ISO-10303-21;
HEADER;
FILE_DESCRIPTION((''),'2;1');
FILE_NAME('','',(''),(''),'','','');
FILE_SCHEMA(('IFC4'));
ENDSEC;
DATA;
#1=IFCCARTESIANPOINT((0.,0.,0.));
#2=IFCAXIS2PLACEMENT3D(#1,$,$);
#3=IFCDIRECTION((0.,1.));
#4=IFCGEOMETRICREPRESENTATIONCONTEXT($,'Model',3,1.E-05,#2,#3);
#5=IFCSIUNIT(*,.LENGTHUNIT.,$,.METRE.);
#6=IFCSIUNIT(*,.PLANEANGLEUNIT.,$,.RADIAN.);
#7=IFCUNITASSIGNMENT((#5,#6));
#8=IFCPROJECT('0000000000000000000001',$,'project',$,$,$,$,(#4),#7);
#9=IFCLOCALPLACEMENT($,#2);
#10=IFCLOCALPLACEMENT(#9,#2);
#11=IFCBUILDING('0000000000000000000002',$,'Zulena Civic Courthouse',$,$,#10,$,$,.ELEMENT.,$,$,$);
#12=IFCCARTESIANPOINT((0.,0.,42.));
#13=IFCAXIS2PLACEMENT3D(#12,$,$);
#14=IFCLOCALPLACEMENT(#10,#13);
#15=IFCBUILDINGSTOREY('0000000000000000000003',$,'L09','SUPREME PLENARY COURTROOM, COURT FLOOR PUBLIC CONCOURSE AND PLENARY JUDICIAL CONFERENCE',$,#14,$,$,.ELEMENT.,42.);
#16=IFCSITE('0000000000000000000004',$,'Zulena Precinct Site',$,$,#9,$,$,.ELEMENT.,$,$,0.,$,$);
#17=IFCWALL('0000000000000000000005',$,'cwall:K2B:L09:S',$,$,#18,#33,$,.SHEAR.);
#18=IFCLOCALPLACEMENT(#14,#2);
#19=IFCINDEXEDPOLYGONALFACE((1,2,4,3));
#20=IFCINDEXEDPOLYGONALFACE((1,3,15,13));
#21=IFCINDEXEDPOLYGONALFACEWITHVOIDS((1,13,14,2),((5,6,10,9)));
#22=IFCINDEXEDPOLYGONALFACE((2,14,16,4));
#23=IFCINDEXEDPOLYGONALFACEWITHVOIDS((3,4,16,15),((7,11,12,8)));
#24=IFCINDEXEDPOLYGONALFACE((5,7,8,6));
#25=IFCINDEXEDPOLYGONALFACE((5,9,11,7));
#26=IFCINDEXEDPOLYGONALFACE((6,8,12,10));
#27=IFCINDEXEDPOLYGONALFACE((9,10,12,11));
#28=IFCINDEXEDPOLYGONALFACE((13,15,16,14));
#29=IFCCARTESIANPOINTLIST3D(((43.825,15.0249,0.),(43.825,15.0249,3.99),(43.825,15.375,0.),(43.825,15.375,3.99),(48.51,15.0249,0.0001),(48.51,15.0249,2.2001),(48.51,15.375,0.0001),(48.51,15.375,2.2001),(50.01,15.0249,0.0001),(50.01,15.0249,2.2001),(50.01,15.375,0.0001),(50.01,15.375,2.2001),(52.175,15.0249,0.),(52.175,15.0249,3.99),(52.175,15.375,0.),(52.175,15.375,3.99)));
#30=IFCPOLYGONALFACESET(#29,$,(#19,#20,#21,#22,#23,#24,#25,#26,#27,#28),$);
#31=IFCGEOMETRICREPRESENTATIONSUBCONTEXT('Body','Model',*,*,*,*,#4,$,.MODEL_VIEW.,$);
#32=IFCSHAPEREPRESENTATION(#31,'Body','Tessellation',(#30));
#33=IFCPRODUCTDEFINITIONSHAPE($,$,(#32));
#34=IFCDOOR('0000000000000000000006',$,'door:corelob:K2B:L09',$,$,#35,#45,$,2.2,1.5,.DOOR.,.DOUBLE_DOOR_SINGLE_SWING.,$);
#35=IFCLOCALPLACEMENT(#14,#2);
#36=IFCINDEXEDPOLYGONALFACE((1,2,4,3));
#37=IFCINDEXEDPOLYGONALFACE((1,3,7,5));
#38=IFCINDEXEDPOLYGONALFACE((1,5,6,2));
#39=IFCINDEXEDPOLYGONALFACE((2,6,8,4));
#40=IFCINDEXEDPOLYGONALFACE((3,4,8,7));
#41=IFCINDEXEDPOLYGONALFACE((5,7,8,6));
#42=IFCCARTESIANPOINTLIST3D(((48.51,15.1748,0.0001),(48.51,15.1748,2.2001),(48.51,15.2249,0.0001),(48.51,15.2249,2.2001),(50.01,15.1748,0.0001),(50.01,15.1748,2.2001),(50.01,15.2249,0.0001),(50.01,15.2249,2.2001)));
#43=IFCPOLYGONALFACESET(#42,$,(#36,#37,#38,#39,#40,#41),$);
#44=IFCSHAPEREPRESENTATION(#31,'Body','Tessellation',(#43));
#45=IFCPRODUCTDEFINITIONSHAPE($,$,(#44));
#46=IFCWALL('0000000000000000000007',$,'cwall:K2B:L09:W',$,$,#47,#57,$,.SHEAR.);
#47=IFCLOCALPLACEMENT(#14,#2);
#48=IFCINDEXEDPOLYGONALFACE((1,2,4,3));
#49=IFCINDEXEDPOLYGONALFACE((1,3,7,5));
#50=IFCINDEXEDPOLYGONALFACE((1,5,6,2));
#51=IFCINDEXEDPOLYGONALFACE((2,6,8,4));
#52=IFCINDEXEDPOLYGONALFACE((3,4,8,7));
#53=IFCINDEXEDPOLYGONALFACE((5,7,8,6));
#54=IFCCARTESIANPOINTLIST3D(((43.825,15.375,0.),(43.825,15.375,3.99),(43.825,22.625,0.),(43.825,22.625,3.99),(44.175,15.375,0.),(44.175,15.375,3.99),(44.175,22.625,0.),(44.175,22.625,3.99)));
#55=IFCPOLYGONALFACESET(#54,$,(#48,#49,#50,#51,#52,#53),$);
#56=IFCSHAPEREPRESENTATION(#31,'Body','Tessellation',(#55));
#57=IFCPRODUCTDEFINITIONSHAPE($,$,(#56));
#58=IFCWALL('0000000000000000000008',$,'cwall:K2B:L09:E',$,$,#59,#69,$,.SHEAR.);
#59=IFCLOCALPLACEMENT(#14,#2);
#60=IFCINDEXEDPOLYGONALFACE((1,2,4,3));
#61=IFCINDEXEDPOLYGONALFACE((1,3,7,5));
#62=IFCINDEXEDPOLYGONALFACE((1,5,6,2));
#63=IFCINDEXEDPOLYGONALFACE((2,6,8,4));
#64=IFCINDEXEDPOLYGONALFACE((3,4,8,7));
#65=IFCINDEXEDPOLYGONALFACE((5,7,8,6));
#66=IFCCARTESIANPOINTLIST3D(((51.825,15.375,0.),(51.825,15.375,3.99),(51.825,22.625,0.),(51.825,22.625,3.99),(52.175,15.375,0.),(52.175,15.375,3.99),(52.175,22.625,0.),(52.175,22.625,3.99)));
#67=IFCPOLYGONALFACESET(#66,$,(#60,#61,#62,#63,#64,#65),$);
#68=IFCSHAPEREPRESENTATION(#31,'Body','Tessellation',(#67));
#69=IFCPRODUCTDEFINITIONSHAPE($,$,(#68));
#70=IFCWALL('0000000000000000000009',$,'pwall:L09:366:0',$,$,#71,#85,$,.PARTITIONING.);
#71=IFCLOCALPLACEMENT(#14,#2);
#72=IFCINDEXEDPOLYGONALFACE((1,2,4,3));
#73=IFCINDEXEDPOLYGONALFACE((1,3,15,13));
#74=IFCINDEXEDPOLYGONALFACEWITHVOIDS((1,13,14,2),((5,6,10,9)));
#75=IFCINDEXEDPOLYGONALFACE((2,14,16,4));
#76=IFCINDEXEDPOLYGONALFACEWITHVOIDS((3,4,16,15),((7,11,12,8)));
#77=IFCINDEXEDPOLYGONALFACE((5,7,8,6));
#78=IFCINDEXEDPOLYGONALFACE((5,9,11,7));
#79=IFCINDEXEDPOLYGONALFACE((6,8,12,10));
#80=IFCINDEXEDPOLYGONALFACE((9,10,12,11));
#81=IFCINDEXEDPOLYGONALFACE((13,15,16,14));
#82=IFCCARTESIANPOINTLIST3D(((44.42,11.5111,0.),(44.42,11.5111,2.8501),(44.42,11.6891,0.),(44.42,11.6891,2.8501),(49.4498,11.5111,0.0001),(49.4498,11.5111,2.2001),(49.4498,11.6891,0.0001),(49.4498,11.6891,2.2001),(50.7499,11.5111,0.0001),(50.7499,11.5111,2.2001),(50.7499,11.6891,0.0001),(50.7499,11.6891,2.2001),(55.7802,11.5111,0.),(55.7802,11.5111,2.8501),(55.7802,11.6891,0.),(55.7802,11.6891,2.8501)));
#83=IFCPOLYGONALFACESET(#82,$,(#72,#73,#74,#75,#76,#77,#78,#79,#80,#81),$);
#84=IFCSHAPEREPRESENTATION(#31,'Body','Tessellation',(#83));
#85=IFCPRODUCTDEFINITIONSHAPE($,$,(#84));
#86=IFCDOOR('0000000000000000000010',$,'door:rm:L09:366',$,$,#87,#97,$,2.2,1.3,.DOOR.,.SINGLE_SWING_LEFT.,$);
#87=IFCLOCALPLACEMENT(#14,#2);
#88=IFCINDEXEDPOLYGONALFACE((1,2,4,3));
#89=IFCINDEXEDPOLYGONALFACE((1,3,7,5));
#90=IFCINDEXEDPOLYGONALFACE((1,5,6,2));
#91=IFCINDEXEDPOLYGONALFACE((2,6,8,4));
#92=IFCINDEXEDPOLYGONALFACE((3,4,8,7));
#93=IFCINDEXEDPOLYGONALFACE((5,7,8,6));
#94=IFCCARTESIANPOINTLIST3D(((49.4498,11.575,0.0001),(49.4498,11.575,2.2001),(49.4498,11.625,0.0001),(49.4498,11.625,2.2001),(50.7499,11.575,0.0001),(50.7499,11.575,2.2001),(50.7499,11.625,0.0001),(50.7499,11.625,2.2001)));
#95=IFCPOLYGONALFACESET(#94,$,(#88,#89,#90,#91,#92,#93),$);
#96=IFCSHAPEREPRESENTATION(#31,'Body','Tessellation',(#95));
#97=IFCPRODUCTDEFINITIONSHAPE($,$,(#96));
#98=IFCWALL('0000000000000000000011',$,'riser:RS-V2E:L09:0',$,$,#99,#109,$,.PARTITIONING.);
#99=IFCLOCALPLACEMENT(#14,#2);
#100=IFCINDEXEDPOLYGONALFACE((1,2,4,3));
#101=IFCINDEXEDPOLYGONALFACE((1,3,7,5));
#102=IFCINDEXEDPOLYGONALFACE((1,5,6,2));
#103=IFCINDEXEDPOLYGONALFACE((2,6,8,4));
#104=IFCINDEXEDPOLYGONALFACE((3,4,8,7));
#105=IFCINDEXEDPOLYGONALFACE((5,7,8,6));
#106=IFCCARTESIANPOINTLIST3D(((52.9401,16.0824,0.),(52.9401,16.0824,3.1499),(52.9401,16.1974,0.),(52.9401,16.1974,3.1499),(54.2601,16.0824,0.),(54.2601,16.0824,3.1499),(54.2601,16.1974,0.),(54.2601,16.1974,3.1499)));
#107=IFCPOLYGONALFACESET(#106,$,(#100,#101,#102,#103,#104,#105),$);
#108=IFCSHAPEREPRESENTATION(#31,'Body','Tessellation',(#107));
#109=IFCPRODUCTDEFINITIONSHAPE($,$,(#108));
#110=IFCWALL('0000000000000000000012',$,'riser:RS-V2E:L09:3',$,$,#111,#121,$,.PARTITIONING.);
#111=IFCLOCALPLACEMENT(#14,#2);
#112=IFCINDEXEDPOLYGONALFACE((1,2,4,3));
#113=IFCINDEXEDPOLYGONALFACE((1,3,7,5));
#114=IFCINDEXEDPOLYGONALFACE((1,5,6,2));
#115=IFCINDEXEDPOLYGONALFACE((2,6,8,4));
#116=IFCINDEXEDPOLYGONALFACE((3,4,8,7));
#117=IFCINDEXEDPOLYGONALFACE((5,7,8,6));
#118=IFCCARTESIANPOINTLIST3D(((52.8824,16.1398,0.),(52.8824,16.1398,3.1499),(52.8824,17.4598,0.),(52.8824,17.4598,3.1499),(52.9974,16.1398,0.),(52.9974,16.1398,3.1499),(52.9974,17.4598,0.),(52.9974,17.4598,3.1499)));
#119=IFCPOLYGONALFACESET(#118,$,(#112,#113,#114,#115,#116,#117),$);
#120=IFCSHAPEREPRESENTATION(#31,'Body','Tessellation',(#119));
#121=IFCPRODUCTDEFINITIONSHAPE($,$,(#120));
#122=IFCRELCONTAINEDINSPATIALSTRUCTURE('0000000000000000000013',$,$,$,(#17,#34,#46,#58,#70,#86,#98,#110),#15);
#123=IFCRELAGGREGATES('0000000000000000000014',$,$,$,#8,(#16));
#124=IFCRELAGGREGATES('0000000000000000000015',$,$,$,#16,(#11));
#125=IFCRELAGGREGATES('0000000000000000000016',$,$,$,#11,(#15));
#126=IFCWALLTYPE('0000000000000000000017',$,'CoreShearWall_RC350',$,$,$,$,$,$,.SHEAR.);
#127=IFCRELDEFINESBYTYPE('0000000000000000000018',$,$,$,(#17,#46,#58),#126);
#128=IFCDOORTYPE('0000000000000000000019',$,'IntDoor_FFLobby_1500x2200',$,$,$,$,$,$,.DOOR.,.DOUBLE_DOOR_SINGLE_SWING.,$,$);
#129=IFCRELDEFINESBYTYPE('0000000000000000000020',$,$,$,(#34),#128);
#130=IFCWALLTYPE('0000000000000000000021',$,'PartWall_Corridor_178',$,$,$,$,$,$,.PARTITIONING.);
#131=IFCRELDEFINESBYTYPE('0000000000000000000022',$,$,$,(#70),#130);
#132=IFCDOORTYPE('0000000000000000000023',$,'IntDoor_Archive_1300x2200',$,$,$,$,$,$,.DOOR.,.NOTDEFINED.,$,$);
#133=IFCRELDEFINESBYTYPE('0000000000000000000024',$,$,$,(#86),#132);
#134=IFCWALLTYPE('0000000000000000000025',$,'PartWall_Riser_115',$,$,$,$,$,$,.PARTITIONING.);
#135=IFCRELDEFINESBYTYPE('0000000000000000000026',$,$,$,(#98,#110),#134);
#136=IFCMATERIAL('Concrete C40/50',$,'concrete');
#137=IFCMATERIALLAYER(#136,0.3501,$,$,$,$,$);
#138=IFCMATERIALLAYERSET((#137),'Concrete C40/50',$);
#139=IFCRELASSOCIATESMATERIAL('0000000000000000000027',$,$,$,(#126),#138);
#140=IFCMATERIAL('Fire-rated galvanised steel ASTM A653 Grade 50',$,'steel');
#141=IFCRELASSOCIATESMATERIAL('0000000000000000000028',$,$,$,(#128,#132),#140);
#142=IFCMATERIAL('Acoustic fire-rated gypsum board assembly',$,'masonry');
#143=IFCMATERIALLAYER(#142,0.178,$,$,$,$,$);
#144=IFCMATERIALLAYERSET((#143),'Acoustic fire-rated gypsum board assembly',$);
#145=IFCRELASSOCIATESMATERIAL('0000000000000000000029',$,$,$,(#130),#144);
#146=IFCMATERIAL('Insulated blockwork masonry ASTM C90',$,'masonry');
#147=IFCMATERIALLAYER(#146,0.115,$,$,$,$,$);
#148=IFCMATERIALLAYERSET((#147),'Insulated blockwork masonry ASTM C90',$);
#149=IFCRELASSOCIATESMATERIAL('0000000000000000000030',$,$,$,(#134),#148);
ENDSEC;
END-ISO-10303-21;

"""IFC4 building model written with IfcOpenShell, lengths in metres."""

from ifc_helpers import new_model, si_unit, direction, frame, frame_2d, origin, place, context, subcontext, project, spatial, rectangle, extrude, material, layer, layer_set, type_object, element, fill, save


model = new_model("IFC4")

# Units and contexts
model_context = context("Model", 3, precision=1e-05, world=origin(), true_north=direction((0.0, 1.0)))
body_context = subcontext(model_context, "Body", "Model", "MODEL_VIEW")
ifc_project = project(units=[si_unit("LENGTHUNIT", "METRE"), si_unit("PLANEANGLEUNIT", "RADIAN")], contexts=[model_context])

# Site, building, storey
site_placement = place(None, origin())
site = spatial("IfcSite", under=ifc_project, at=site_placement, Name="Zulena Precinct Site", CompositionType="ELEMENT", RefElevation=0.0)
building_placement = place(site_placement, origin())
building = spatial("IfcBuilding", under=site, at=building_placement, Name="Zulena Civic Courthouse", CompositionType="ELEMENT")
storey_placement = place(building_placement, frame((0.0, 0.0, 42.0)))
storey = spatial("IfcBuildingStorey", under=building, at=storey_placement, Name="L09", Description="SUPREME PLENARY COURTROOM, COURT FLOOR PUBLIC CONCOURSE AND PLENARY JUDICIAL CONFERENCE", CompositionType="ELEMENT", Elevation=42.0)

# Wall, opening, door
ifc_material_1 = material(Name="Concrete C40/50", Category="concrete")
ifc_material_2 = material(Name="Fire-rated galvanised steel ASTM A653 Grade 50", Category="steel")
ifc_layer_1 = layer(ifc_material_1, 0.3501)
ifc_layer_set_1 = layer_set([ifc_layer_1], Name="Concrete C40/50")
wall_type_1 = type_object("IfcWallType", Name="CoreShearWall_RC350", PredefinedType="SHEAR", material=ifc_layer_set_1)
wall_1_placement = place(storey_placement, frame((43.825, 15.2, 0.0), z_axis=(0.0, 0.0, 1.0), x_axis=(1.0, 0.0, 0.0)))
wall_1 = element("IfcWall", 1, at=wall_1_placement, inside=storey, type_object=wall_type_1, Name="cwall:K2B:L09:S", PredefinedType="SHEAR", context=body_context, shape_type="SweptSolid", body=[
    extrude(rectangle(XDim=8.3501, YDim=0.3501, at=frame_2d((4.175, 0.0))), origin(), (0.0, 0.0, 1.0), 3.99),
])
opening_1_placement = place(wall_1_placement, frame((4.6851, 0.0, 0.0)))
opening_1 = element("IfcOpeningElement", 2, at=opening_1_placement, cuts=wall_1, PredefinedType="OPENING", context=body_context, shape_type="SweptSolid", body=[
    extrude(rectangle(XDim=1.5, YDim=2.2, at=frame_2d((0.75, 1.1001))), frame((0.0, 0.1851, 0.0), z_axis=(0.0, -1.0, 0.0), x_axis=(1.0, 0.0, 0.0)), (0.0, 0.0, 1.0), 0.3701),
])
door_type_1 = type_object("IfcDoorType", Name="IntDoor_FFLobby_1500x2200", OperationType="DOUBLE_DOOR_SINGLE_SWING", PredefinedType="DOOR", material=ifc_material_2)
door_1_placement = place(opening_1_placement, origin())
door_1 = element("IfcDoor", 3, at=door_1_placement, inside=storey, type_object=door_type_1, Name="door:corelob:K2B:L09", OperationType="DOUBLE_DOOR_SINGLE_SWING", OverallHeight=2.2, OverallWidth=1.5, PredefinedType="DOOR", context=body_context, shape_type="SweptSolid", body=[
    extrude(rectangle(XDim=1.5, YDim=2.2, at=frame_2d((0.75, 1.1001))), frame((0.0, 0.0249, 0.0), z_axis=(0.0, -1.0, 0.0), x_axis=(1.0, 0.0, 0.0)), (0.0, 0.0, 1.0), 0.05),
])
fill(opening_1, door_1)

# Walls
for number, where, z_axis, x_axis, name in (
    (4, (44.0, 15.375, 0.0), (0.0, 0.0, 1.0), (0.0, 1.0, 0.0), "cwall:K2B:L09:W"),
    (5, (52.0, 15.375, 0.0), (0.0, 0.0, 1.0), (0.0, 1.0, 0.0), "cwall:K2B:L09:E"),
):
    element("IfcWall", number, at=place(storey_placement, frame(where, z_axis=z_axis, x_axis=x_axis)), inside=storey, type_object=wall_type_1, Name=name, PredefinedType="SHEAR", context=body_context, shape_type="SweptSolid", body=[
        extrude(rectangle(XDim=7.25, YDim=0.3501, at=frame_2d((3.625, 0.0))), origin(), (0.0, 0.0, 1.0), 3.99),
    ])

# Wall, opening, door
ifc_material_3 = material(Name="Acoustic fire-rated gypsum board assembly", Category="masonry")
ifc_layer_2 = layer(ifc_material_3, 0.178)
ifc_layer_set_2 = layer_set([ifc_layer_2], Name="Acoustic fire-rated gypsum board assembly")
wall_type_2 = type_object("IfcWallType", Name="PartWall_Corridor_178", PredefinedType="PARTITIONING", material=ifc_layer_set_2)
wall_2_placement = place(storey_placement, frame((44.4199, 11.6001, 0.0), z_axis=(0.0, 0.0, 1.0), x_axis=(1.0, 0.0, 0.0)))
wall_2 = element("IfcWall", 6, at=wall_2_placement, inside=storey, type_object=wall_type_2, Name="pwall:L09:366:0", PredefinedType="PARTITIONING", context=body_context, shape_type="SweptSolid", body=[
    extrude(rectangle(XDim=11.3601, YDim=0.178, at=frame_2d((5.6802, 0.0))), origin(), (0.0, 0.0, 1.0), 2.8501),
])
opening_2_placement = place(wall_2_placement, frame((5.03, 0.0, 0.0)))
opening_2 = element("IfcOpeningElement", 7, at=opening_2_placement, cuts=wall_2, PredefinedType="OPENING", context=body_context, shape_type="SweptSolid", body=[
    extrude(rectangle(XDim=1.3, YDim=2.2, at=frame_2d((0.6499, 1.1001))), frame((0.0, 0.0989, 0.0), z_axis=(0.0, -1.0, 0.0), x_axis=(1.0, 0.0, 0.0)), (0.0, 0.0, 1.0), 0.198),
])
door_type_2 = type_object("IfcDoorType", Name="IntDoor_Archive_1300x2200", OperationType="NOTDEFINED", PredefinedType="DOOR", material=ifc_material_2)
door_2_placement = place(opening_2_placement, origin())
door_2 = element("IfcDoor", 8, at=door_2_placement, inside=storey, type_object=door_type_2, Name="door:rm:L09:366", OperationType="SINGLE_SWING_LEFT", OverallHeight=2.2, OverallWidth=1.3, PredefinedType="DOOR", context=body_context, shape_type="SweptSolid", body=[
    extrude(rectangle(XDim=1.3, YDim=2.2, at=frame_2d((0.6499, 1.1001))), frame((0.0, 0.0249, 0.0), z_axis=(0.0, -1.0, 0.0), x_axis=(1.0, 0.0, 0.0)), (0.0, 0.0, 1.0), 0.05),
])
fill(opening_2, door_2)

# Walls
ifc_material_4 = material(Name="Insulated blockwork masonry ASTM C90", Category="masonry")
ifc_layer_3 = layer(ifc_material_4, 0.115)
ifc_layer_set_3 = layer_set([ifc_layer_3], Name="Insulated blockwork masonry ASTM C90")
wall_type_3 = type_object("IfcWallType", Name="PartWall_Riser_115", PredefinedType="PARTITIONING", material=ifc_layer_set_3)
for number, where, z_axis, x_axis, name in (
    (9, (52.9399, 16.1399, 0.0), (0.0, 0.0, 1.0), (1.0, 0.0, 0.0), "riser:RS-V2E:L09:0"),
    (10, (52.9399, 17.46, 0.0), (0.0, 0.0, 1.0), (0.0, -1.0, 0.0), "riser:RS-V2E:L09:3"),
):
    element("IfcWall", number, at=place(storey_placement, frame(where, z_axis=z_axis, x_axis=x_axis)), inside=storey, type_object=wall_type_3, Name=name, PredefinedType="PARTITIONING", context=body_context, shape_type="SweptSolid", body=[
        extrude(rectangle(XDim=1.3201, YDim=0.115, at=frame_2d((0.6602, 0.0))), origin(), (0.0, 0.0, 1.0), 3.1499),
    ])

save(model, "model.ifc")
